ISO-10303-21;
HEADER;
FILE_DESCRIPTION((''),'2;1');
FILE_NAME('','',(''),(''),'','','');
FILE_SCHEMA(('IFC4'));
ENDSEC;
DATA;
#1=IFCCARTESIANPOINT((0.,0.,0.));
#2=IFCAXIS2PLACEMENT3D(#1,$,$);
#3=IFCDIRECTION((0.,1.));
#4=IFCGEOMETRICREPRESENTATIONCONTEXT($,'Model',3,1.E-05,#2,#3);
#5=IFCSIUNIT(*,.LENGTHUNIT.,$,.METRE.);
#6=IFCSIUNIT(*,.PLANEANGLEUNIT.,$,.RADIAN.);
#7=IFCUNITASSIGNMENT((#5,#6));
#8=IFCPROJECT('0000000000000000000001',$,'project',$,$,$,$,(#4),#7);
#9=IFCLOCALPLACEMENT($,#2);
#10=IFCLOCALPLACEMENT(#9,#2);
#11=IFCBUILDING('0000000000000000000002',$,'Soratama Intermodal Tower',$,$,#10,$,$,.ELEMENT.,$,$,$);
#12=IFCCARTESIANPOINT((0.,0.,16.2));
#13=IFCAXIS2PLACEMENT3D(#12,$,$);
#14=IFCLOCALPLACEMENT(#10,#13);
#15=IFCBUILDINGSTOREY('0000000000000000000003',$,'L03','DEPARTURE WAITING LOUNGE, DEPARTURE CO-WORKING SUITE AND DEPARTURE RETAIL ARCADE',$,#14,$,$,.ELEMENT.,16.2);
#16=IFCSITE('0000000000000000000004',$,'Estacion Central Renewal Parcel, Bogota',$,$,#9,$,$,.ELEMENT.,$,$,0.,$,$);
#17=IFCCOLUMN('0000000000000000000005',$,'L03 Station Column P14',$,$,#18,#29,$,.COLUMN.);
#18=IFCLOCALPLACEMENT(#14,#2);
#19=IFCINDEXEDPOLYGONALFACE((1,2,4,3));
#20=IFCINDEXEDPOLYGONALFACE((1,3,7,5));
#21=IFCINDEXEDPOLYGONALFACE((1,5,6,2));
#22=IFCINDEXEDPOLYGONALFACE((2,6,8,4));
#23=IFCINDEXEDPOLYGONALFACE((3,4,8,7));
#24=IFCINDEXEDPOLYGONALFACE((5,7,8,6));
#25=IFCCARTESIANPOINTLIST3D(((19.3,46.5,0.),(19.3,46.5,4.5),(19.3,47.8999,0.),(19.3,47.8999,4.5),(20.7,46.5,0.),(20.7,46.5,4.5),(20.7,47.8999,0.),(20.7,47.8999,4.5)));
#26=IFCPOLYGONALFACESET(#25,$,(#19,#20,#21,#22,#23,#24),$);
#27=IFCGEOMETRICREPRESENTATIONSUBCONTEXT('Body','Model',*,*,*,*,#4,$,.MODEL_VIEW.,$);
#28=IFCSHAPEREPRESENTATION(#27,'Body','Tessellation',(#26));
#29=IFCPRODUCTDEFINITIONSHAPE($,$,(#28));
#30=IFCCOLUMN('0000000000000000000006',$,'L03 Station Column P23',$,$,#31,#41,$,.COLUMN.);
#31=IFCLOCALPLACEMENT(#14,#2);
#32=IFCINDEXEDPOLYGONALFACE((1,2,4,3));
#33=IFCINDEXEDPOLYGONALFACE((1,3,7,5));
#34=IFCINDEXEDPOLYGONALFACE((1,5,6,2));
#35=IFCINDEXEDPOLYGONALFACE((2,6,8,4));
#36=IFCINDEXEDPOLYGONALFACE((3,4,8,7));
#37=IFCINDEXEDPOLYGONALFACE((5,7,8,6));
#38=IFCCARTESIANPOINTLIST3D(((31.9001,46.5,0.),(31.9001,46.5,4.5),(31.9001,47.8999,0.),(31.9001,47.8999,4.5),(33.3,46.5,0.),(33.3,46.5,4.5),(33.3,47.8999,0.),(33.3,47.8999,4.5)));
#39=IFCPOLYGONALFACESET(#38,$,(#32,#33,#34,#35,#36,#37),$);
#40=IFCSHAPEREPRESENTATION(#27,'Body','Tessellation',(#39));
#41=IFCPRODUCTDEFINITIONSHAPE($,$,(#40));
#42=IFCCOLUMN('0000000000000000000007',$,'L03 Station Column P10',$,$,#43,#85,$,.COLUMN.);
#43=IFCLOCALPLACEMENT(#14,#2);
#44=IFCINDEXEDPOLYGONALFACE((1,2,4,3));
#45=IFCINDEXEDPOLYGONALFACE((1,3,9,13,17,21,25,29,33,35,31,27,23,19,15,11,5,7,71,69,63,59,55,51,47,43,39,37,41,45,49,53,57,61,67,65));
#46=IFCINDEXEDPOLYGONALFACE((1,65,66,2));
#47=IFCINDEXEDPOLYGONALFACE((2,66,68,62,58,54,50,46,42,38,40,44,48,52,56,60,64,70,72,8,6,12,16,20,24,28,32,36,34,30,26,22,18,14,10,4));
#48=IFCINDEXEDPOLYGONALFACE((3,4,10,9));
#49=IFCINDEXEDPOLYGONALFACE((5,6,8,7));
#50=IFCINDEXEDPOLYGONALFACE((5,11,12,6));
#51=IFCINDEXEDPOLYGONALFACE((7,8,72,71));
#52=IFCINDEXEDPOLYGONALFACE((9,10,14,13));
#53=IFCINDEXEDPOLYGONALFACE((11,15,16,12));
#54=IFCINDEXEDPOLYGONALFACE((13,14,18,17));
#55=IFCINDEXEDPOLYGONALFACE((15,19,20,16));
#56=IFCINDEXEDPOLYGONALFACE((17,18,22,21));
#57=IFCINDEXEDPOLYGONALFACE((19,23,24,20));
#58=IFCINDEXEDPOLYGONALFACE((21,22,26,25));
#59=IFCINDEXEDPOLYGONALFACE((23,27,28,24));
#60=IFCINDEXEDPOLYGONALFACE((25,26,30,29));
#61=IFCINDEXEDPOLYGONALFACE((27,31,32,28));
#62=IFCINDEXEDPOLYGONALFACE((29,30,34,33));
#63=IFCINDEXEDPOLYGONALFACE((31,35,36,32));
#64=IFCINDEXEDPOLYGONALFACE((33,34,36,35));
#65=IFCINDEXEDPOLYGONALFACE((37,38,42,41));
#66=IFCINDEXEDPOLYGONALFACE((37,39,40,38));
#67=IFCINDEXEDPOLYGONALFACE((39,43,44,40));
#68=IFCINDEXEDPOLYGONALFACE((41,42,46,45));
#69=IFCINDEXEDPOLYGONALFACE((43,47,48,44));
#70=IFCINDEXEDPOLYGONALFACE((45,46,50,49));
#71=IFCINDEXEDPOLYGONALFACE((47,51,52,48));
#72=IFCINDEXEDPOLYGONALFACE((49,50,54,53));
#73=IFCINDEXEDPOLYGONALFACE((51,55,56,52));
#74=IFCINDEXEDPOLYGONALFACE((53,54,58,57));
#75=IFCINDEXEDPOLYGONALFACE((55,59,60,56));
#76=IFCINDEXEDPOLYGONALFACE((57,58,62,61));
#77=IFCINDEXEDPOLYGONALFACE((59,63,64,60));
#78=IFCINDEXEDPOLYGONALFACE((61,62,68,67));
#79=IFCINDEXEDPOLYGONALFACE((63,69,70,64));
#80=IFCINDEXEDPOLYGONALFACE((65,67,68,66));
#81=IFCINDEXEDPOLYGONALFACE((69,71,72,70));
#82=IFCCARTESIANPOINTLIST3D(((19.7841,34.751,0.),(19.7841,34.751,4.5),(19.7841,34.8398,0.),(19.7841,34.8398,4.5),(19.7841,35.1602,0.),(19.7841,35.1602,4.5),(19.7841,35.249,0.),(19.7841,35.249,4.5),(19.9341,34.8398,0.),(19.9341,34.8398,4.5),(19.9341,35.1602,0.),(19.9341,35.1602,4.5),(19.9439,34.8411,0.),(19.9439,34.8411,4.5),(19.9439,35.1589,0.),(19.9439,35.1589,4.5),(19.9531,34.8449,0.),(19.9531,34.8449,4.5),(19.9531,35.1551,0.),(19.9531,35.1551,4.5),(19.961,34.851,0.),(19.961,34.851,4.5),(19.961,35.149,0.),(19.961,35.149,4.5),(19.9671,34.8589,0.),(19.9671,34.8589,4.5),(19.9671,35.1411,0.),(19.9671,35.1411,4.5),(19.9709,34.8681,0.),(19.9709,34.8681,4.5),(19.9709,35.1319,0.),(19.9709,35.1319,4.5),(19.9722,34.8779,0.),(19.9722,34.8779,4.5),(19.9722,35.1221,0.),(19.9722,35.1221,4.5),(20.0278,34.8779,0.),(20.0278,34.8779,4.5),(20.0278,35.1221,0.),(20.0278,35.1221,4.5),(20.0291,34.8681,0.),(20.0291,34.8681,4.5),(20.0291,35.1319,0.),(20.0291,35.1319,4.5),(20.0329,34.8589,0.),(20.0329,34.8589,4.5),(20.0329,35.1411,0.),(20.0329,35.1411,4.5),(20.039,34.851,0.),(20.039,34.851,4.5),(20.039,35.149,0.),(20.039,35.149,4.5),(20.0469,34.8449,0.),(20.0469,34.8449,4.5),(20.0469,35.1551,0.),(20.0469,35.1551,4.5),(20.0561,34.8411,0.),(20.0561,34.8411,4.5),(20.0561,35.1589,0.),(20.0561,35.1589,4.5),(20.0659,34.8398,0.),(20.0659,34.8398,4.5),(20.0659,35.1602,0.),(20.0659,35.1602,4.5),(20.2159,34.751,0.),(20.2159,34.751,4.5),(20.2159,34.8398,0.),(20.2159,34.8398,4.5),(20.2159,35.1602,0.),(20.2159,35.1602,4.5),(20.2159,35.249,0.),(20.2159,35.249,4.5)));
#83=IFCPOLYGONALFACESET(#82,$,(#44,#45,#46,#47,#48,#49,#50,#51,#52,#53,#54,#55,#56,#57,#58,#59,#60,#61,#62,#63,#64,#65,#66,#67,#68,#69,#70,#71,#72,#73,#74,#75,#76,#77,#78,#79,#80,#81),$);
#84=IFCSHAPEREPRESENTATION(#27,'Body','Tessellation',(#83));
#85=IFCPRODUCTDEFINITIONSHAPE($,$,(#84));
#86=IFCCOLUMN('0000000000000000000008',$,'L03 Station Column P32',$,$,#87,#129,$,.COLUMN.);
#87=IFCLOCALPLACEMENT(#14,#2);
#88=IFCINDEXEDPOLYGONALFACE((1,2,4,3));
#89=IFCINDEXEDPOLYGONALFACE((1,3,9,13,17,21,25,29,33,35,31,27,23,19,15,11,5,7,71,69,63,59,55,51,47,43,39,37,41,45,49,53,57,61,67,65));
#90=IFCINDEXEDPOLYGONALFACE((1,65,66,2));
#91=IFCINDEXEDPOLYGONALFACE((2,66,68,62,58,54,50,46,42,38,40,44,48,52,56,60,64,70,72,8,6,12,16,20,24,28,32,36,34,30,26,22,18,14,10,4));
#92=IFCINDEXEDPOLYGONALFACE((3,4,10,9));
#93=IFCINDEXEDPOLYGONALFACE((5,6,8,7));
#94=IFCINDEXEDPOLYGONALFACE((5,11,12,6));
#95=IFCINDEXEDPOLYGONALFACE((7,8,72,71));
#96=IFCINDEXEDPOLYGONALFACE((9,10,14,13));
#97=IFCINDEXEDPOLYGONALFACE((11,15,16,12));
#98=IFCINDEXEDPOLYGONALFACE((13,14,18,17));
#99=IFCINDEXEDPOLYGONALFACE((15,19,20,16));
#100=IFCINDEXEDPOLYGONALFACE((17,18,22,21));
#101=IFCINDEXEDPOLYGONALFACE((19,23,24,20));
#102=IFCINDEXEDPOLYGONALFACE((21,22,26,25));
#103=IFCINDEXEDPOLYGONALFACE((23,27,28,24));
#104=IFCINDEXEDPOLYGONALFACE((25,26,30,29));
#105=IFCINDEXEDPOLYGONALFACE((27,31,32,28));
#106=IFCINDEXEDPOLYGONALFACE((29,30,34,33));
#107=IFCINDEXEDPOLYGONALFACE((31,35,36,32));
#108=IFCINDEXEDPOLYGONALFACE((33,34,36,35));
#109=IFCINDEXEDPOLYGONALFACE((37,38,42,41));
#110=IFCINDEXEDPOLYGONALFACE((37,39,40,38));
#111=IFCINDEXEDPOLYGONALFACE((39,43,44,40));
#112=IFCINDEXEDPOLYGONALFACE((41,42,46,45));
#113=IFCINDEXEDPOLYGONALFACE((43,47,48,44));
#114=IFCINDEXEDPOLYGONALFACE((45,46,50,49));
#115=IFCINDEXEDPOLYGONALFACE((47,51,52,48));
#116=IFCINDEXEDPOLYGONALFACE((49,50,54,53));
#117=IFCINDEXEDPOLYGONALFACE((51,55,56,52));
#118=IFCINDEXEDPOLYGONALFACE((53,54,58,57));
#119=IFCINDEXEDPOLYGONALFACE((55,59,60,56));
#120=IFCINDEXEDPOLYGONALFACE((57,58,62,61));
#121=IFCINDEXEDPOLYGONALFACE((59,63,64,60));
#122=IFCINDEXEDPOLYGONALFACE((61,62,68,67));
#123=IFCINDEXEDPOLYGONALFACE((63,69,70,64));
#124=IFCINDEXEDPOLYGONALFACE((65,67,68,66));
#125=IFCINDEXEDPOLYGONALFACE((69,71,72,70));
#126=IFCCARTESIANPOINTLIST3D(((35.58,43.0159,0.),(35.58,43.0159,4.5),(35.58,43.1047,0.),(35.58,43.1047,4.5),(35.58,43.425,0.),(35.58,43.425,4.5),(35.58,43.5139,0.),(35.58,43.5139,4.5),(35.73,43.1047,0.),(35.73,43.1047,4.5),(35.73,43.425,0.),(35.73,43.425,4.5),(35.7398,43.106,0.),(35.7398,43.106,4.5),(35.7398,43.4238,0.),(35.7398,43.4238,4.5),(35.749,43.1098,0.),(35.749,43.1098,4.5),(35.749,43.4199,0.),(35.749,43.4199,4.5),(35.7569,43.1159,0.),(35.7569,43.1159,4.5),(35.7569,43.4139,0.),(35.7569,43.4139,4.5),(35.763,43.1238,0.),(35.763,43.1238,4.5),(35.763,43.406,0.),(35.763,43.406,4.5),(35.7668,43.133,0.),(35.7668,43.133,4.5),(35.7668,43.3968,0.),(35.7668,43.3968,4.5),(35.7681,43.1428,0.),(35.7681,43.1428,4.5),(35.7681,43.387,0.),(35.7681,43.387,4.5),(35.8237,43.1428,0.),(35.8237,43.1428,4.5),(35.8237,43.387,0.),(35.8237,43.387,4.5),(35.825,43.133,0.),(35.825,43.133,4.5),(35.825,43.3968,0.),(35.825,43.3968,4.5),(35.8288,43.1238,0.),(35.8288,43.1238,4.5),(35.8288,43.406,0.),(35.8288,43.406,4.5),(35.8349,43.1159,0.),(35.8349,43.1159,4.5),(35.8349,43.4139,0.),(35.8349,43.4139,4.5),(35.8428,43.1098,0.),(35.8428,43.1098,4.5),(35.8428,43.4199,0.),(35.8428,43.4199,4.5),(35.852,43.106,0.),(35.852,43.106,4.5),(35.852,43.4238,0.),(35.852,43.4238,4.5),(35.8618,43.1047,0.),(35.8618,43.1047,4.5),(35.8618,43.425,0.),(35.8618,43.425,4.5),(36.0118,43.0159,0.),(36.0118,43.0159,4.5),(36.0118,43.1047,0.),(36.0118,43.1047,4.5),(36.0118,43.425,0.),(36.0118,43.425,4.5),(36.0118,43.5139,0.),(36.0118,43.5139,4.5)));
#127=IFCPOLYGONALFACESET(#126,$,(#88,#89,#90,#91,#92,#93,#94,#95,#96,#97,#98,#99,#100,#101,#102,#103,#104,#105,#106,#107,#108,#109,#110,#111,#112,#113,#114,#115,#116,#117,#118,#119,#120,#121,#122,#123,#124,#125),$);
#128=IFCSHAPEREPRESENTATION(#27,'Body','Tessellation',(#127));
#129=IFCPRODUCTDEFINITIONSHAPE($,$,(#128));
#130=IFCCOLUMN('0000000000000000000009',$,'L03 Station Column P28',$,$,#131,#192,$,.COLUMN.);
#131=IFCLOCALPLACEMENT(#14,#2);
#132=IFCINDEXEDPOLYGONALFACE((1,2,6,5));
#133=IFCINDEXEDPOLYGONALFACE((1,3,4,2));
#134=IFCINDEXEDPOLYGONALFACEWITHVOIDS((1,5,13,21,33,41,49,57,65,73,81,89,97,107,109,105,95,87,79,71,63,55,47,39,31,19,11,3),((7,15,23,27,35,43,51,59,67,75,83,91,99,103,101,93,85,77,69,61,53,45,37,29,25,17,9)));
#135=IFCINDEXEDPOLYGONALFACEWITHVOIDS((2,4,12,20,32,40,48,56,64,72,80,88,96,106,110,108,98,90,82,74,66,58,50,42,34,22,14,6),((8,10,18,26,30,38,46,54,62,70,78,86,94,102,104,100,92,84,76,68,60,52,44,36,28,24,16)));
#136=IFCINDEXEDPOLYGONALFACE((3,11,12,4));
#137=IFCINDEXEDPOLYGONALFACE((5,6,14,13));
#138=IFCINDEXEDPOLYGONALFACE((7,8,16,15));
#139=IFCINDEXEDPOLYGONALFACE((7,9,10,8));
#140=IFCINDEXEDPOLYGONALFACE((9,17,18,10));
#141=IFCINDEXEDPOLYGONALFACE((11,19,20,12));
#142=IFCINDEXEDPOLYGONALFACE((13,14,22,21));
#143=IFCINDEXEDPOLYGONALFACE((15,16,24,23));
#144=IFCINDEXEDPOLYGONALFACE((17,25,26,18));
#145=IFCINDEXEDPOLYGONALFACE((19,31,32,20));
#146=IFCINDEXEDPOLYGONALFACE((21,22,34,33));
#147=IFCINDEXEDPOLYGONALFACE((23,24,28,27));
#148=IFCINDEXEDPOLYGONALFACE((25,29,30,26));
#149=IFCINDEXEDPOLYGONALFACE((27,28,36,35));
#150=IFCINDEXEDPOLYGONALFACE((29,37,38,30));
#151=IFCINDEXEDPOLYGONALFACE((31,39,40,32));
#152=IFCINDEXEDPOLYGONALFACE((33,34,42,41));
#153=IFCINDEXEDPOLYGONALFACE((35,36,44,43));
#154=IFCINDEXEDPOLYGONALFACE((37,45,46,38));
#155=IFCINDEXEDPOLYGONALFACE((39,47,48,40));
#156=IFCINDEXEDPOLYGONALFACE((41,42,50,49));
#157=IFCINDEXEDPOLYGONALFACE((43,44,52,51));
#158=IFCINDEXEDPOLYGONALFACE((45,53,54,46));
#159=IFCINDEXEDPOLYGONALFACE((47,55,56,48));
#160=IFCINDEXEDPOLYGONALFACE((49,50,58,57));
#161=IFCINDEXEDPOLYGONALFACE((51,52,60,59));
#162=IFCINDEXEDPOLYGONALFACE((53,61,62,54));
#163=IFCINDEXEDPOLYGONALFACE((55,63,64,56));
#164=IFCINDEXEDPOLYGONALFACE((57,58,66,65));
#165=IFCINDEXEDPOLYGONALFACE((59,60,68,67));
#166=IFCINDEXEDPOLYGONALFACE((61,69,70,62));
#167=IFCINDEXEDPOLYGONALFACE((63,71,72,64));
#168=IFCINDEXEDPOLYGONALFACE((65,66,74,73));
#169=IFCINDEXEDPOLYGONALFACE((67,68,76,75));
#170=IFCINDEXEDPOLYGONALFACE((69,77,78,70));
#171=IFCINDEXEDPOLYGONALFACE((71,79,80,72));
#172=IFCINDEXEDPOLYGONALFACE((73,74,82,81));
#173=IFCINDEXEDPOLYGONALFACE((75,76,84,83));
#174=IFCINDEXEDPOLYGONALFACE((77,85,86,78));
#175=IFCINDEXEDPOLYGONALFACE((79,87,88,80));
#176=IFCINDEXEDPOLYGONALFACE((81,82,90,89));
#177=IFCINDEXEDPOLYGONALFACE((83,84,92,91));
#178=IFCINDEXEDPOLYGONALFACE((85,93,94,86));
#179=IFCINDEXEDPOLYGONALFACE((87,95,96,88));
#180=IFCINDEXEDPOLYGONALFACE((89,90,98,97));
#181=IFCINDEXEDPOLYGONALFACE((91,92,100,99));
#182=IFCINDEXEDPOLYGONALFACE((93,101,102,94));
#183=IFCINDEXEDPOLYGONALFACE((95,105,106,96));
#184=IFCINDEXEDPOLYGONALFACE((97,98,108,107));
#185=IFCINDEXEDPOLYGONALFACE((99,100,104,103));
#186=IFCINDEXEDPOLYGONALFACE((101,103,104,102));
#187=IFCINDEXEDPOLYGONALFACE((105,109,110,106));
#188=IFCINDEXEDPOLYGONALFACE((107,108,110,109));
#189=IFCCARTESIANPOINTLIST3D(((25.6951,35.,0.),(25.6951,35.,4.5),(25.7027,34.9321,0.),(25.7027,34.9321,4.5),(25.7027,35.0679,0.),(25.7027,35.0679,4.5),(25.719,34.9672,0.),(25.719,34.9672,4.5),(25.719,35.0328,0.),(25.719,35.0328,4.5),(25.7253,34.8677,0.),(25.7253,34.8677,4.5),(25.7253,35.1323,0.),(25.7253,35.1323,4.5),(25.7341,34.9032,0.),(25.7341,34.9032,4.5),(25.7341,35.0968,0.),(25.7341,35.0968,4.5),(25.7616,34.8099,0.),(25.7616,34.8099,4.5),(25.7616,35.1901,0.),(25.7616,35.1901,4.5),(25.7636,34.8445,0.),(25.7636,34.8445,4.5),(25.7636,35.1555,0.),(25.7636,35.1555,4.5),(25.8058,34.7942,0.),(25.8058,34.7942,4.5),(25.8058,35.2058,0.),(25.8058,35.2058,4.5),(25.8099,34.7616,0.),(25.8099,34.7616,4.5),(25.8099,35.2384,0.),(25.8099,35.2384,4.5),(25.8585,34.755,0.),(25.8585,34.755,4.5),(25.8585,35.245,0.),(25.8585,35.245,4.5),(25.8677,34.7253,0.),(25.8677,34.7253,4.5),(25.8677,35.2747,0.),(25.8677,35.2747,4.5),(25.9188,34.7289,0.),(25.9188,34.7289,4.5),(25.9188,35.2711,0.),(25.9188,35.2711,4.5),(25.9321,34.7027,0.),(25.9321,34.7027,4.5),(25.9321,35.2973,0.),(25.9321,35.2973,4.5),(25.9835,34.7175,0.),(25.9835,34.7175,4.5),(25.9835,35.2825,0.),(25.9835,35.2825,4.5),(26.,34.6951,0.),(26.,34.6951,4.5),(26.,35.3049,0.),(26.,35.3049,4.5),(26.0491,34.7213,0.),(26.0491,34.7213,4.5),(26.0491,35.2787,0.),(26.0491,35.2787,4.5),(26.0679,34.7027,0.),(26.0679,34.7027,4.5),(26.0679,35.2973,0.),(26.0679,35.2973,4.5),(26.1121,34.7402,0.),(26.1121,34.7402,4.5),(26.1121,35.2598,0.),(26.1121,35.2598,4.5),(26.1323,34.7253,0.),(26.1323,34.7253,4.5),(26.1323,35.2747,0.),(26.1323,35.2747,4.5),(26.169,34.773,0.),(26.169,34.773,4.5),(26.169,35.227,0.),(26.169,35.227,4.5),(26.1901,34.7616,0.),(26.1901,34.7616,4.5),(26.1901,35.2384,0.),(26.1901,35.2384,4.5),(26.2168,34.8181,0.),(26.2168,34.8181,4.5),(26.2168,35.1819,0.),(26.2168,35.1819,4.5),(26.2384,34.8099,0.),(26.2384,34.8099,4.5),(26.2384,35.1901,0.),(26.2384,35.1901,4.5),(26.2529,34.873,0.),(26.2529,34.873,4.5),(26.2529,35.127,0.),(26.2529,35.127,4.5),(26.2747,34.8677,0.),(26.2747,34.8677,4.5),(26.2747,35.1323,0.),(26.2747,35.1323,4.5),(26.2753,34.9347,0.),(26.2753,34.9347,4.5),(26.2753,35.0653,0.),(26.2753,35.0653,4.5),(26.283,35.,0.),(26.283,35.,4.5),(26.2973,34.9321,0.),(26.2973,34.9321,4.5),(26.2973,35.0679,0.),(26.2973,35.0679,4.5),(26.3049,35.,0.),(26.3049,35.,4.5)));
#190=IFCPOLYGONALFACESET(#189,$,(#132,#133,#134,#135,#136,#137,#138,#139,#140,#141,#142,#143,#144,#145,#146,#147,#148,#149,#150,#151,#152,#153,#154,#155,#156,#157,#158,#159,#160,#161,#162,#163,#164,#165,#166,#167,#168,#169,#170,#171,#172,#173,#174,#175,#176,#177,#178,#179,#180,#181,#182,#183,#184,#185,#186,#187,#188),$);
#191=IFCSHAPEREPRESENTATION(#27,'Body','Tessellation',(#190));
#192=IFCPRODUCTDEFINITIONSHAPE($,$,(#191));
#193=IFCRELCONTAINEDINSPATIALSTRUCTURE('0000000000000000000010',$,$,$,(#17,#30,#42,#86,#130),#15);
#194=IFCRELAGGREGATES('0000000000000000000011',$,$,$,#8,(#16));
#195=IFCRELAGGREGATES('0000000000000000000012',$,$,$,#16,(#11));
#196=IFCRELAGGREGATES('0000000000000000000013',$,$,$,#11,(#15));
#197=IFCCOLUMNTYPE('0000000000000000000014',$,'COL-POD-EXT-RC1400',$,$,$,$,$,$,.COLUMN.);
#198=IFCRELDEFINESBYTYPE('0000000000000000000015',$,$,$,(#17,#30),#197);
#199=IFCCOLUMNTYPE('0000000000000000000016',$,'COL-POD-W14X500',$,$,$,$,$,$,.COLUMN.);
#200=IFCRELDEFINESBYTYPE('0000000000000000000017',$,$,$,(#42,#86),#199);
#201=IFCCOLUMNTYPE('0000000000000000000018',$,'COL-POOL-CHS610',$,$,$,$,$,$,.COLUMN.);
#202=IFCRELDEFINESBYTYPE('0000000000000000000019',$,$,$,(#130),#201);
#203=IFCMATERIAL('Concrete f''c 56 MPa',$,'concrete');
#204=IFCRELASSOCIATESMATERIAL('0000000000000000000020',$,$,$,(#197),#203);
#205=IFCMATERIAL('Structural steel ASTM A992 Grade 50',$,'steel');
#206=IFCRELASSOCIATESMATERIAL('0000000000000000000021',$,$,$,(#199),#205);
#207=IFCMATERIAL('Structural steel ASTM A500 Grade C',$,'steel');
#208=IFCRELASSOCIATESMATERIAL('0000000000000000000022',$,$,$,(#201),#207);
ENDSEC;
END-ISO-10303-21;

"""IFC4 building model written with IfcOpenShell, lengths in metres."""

from ifc_helpers import new_model, si_unit, direction, frame, origin, origin_2d, place, context, subcontext, project, spatial, rectangle, hollow_circle, i_section, extrude, material, material_profile, profile_set, type_object, element, save


model = new_model("IFC4")

# Units and contexts
model_context = context("Model", 3, precision=1e-05, world=origin(), true_north=direction((0.0, 1.0)))
body_context = subcontext(model_context, "Body", "Model", "MODEL_VIEW")
ifc_project = project(units=[si_unit("LENGTHUNIT", "METRE"), si_unit("PLANEANGLEUNIT", "RADIAN")], contexts=[model_context])

# Site, building, storey
site_placement = place(None, origin())
site = spatial("IfcSite", under=ifc_project, at=site_placement, Name="Estacion Central Renewal Parcel, Bogota", CompositionType="ELEMENT", RefElevation=0.0)
building_placement = place(site_placement, origin())
building = spatial("IfcBuilding", under=site, at=building_placement, Name="Soratama Intermodal Tower", CompositionType="ELEMENT")
storey_placement = place(building_placement, frame((0.0, 0.0, 16.2)))
storey = spatial("IfcBuildingStorey", under=building, at=storey_placement, Name="L03", Description="DEPARTURE WAITING LOUNGE, DEPARTURE CO-WORKING SUITE AND DEPARTURE RETAIL ARCADE", CompositionType="ELEMENT", Elevation=16.2)

# Columns
ifc_material_1 = material(Name="Concrete f'c 56 MPa", Category="concrete")
ifc_material_profile_1 = material_profile(ifc_material_1, rectangle(XDim=1.3999, YDim=1.3999, at=origin_2d()), Name="RC1400X1400")
ifc_profile_set_1 = profile_set([ifc_material_profile_1], Name="Concrete f'c 56 MPa")
column_type_1 = type_object("IfcColumnType", Name="COL-POD-EXT-RC1400", PredefinedType="COLUMN", material=ifc_profile_set_1)
for number, where, z_axis, x_axis, name in (
    (1, (20.0, 47.2, 0.0), (0.0, 0.0, 1.0), (1.0, 0.0, 0.0), "L03 Station Column P14"),
    (2, (32.6001, 47.2, 0.0), (0.0, 0.0, 1.0), (1.0, 0.0, 0.0), "L03 Station Column P23"),
):
    element("IfcColumn", number, at=place(storey_placement, frame(where, z_axis=z_axis, x_axis=x_axis)), inside=storey, type_object=column_type_1, Name=name, PredefinedType="COLUMN", context=body_context, shape_type="SweptSolid", body=[
        extrude(rectangle(XDim=1.3999, YDim=1.3999, at=origin_2d()), origin(), (0.0, 0.0, 1.0), 4.5),
    ])
ifc_material_2 = material(Name="Structural steel ASTM A992 Grade 50", Category="steel")
ifc_material_profile_2 = material_profile(ifc_material_2, i_section(OverallWidth=0.4319, OverallDepth=0.498, WebThickness=0.0557, FlangeThickness=0.0889, FilletRadius=0.0381, at=origin_2d()), Name="W14X500")
ifc_profile_set_2 = profile_set([ifc_material_profile_2], Name="Structural steel ASTM A992 Grade 50")
column_type_2 = type_object("IfcColumnType", Name="COL-POD-W14X500", PredefinedType="COLUMN", material=ifc_profile_set_2)
for number, where, z_axis, x_axis, name in (
    (3, (20.0, 35.0, 0.0), (0.0, 0.0, 1.0), (1.0, 0.0, 0.0), "L03 Station Column P10"),
    (4, (35.7959, 43.2649, 0.0), (0.0, 0.0, 1.0), (1.0, 0.0, 0.0), "L03 Station Column P32"),
):
    element("IfcColumn", number, at=place(storey_placement, frame(where, z_axis=z_axis, x_axis=x_axis)), inside=storey, type_object=column_type_2, Name=name, PredefinedType="COLUMN", context=body_context, shape_type="SweptSolid", body=[
        extrude(i_section(OverallWidth=0.4319, OverallDepth=0.498, WebThickness=0.0557, FlangeThickness=0.0889, FilletRadius=0.0381, at=origin_2d()), origin(), (0.0, 0.0, 1.0), 4.5),
    ])
ifc_material_3 = material(Name="Structural steel ASTM A500 Grade C", Category="steel")
ifc_material_profile_3 = material_profile(ifc_material_3, hollow_circle(Radius=0.3049, WallThickness=0.022, at=origin_2d()), Name="CHS610X22")
ifc_profile_set_3 = profile_set([ifc_material_profile_3], Name="Structural steel ASTM A500 Grade C")
column_type_3 = type_object("IfcColumnType", Name="COL-POOL-CHS610", PredefinedType="COLUMN", material=ifc_profile_set_3)
column_1_placement = place(storey_placement, frame((26.0, 35.0, 0.0), z_axis=(0.0, 0.0, 1.0), x_axis=(1.0, 0.0, 0.0)))
element("IfcColumn", 5, at=column_1_placement, inside=storey, type_object=column_type_3, Name="L03 Station Column P28", PredefinedType="COLUMN", context=body_context, shape_type="SweptSolid", body=[
    extrude(hollow_circle(Radius=0.3049, WallThickness=0.022, at=origin_2d()), origin(), (0.0, 0.0, 1.0), 4.5),
])

save(model, "model.ifc")
